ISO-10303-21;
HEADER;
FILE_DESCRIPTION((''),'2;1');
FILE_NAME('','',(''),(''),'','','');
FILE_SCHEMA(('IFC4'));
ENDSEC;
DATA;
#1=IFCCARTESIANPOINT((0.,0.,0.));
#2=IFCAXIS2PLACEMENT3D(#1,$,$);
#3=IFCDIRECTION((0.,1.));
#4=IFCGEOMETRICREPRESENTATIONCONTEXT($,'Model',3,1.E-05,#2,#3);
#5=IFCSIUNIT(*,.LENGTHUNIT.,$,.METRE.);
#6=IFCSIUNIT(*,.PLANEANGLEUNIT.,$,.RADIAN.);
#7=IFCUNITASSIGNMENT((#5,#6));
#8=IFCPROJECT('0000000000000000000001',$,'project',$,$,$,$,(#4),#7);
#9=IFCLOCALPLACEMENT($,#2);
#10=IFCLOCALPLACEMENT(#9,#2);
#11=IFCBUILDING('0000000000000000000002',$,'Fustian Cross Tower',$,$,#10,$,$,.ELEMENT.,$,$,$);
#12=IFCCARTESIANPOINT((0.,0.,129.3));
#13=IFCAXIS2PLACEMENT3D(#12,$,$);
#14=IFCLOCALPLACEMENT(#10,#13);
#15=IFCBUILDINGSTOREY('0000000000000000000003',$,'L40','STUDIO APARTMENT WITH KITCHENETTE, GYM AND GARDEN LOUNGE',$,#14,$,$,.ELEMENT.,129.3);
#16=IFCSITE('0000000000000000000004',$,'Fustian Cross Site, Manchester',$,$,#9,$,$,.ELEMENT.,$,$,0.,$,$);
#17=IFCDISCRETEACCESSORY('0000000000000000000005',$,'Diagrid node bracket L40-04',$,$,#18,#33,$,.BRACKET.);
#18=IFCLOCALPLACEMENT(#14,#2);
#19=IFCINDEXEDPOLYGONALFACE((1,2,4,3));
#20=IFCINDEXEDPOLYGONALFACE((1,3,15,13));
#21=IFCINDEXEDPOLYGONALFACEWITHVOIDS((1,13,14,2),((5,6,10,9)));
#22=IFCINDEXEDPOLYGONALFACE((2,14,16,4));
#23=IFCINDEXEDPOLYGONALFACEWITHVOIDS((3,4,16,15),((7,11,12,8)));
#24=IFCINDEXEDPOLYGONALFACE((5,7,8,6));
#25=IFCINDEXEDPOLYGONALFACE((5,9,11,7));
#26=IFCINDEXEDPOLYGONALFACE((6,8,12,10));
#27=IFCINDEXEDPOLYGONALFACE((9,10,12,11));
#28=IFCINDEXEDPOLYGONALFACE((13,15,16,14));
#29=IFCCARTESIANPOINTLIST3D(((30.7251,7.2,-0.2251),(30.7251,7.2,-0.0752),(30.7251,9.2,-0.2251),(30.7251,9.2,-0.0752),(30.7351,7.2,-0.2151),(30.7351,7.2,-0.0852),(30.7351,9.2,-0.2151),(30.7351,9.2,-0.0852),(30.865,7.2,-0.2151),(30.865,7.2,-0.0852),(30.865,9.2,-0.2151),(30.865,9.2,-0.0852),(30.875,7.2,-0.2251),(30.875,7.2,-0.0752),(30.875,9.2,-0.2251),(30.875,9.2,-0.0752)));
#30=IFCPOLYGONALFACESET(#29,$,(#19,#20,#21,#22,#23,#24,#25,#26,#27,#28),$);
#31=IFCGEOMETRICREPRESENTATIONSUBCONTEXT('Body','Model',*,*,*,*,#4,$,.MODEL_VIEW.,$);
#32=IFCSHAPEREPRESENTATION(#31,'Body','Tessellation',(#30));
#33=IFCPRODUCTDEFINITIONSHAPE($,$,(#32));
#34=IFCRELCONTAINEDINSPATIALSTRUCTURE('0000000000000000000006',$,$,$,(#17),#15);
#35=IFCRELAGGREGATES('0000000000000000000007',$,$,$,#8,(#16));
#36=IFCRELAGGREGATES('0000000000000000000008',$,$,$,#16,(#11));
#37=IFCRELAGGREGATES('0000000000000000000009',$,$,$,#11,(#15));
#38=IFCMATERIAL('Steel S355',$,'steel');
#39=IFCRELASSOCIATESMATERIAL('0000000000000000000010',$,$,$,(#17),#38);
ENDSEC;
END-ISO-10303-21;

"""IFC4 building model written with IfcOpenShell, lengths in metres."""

from ifc_helpers import new_model, si_unit, direction, frame, origin, origin_2d, place, context, subcontext, project, spatial, hollow_rectangle, extrude, material, element, save


model = new_model("IFC4")

# Units and contexts
model_context = context("Model", 3, precision=1e-05, world=origin(), true_north=direction((0.0, 1.0)))
body_context = subcontext(model_context, "Body", "Model", "MODEL_VIEW")
ifc_project = project(units=[si_unit("LENGTHUNIT", "METRE"), si_unit("PLANEANGLEUNIT", "RADIAN")], contexts=[model_context])

# Site, building, storey
site_placement = place(None, origin())
site = spatial("IfcSite", under=ifc_project, at=site_placement, Name="Fustian Cross Site, Manchester", CompositionType="ELEMENT", RefElevation=0.0)
building_placement = place(site_placement, origin())
building = spatial("IfcBuilding", under=site, at=building_placement, Name="Fustian Cross Tower", CompositionType="ELEMENT")
storey_placement = place(building_placement, frame((0.0, 0.0, 129.3)))
storey = spatial("IfcBuildingStorey", under=building, at=storey_placement, Name="L40", Description="STUDIO APARTMENT WITH KITCHENETTE, GYM AND GARDEN LOUNGE", CompositionType="ELEMENT", Elevation=129.3)

# Discrete accessory
ifc_material_1 = material(Name="Steel S355", Category="steel")
for number, where, z_axis, x_axis, name in (
    (1, (30.8, 9.2, -0.1501), (0.0, -1.0, 0.0), (1.0, 0.0, 0.0), "Diagrid node bracket L40-04"),
):
    element("IfcDiscreteAccessory", number, at=place(storey_placement, frame(where, z_axis=z_axis, x_axis=x_axis)), inside=storey, material=ifc_material_1, Name=name, PredefinedType="BRACKET", context=body_context, shape_type="SweptSolid", body=[
        extrude(hollow_rectangle(XDim=0.1499, YDim=0.1499, WallThickness=0.01, at=origin_2d()), origin(), (0.0, 0.0, 1.0), 2.0),
    ])

save(model, "model.ifc")
